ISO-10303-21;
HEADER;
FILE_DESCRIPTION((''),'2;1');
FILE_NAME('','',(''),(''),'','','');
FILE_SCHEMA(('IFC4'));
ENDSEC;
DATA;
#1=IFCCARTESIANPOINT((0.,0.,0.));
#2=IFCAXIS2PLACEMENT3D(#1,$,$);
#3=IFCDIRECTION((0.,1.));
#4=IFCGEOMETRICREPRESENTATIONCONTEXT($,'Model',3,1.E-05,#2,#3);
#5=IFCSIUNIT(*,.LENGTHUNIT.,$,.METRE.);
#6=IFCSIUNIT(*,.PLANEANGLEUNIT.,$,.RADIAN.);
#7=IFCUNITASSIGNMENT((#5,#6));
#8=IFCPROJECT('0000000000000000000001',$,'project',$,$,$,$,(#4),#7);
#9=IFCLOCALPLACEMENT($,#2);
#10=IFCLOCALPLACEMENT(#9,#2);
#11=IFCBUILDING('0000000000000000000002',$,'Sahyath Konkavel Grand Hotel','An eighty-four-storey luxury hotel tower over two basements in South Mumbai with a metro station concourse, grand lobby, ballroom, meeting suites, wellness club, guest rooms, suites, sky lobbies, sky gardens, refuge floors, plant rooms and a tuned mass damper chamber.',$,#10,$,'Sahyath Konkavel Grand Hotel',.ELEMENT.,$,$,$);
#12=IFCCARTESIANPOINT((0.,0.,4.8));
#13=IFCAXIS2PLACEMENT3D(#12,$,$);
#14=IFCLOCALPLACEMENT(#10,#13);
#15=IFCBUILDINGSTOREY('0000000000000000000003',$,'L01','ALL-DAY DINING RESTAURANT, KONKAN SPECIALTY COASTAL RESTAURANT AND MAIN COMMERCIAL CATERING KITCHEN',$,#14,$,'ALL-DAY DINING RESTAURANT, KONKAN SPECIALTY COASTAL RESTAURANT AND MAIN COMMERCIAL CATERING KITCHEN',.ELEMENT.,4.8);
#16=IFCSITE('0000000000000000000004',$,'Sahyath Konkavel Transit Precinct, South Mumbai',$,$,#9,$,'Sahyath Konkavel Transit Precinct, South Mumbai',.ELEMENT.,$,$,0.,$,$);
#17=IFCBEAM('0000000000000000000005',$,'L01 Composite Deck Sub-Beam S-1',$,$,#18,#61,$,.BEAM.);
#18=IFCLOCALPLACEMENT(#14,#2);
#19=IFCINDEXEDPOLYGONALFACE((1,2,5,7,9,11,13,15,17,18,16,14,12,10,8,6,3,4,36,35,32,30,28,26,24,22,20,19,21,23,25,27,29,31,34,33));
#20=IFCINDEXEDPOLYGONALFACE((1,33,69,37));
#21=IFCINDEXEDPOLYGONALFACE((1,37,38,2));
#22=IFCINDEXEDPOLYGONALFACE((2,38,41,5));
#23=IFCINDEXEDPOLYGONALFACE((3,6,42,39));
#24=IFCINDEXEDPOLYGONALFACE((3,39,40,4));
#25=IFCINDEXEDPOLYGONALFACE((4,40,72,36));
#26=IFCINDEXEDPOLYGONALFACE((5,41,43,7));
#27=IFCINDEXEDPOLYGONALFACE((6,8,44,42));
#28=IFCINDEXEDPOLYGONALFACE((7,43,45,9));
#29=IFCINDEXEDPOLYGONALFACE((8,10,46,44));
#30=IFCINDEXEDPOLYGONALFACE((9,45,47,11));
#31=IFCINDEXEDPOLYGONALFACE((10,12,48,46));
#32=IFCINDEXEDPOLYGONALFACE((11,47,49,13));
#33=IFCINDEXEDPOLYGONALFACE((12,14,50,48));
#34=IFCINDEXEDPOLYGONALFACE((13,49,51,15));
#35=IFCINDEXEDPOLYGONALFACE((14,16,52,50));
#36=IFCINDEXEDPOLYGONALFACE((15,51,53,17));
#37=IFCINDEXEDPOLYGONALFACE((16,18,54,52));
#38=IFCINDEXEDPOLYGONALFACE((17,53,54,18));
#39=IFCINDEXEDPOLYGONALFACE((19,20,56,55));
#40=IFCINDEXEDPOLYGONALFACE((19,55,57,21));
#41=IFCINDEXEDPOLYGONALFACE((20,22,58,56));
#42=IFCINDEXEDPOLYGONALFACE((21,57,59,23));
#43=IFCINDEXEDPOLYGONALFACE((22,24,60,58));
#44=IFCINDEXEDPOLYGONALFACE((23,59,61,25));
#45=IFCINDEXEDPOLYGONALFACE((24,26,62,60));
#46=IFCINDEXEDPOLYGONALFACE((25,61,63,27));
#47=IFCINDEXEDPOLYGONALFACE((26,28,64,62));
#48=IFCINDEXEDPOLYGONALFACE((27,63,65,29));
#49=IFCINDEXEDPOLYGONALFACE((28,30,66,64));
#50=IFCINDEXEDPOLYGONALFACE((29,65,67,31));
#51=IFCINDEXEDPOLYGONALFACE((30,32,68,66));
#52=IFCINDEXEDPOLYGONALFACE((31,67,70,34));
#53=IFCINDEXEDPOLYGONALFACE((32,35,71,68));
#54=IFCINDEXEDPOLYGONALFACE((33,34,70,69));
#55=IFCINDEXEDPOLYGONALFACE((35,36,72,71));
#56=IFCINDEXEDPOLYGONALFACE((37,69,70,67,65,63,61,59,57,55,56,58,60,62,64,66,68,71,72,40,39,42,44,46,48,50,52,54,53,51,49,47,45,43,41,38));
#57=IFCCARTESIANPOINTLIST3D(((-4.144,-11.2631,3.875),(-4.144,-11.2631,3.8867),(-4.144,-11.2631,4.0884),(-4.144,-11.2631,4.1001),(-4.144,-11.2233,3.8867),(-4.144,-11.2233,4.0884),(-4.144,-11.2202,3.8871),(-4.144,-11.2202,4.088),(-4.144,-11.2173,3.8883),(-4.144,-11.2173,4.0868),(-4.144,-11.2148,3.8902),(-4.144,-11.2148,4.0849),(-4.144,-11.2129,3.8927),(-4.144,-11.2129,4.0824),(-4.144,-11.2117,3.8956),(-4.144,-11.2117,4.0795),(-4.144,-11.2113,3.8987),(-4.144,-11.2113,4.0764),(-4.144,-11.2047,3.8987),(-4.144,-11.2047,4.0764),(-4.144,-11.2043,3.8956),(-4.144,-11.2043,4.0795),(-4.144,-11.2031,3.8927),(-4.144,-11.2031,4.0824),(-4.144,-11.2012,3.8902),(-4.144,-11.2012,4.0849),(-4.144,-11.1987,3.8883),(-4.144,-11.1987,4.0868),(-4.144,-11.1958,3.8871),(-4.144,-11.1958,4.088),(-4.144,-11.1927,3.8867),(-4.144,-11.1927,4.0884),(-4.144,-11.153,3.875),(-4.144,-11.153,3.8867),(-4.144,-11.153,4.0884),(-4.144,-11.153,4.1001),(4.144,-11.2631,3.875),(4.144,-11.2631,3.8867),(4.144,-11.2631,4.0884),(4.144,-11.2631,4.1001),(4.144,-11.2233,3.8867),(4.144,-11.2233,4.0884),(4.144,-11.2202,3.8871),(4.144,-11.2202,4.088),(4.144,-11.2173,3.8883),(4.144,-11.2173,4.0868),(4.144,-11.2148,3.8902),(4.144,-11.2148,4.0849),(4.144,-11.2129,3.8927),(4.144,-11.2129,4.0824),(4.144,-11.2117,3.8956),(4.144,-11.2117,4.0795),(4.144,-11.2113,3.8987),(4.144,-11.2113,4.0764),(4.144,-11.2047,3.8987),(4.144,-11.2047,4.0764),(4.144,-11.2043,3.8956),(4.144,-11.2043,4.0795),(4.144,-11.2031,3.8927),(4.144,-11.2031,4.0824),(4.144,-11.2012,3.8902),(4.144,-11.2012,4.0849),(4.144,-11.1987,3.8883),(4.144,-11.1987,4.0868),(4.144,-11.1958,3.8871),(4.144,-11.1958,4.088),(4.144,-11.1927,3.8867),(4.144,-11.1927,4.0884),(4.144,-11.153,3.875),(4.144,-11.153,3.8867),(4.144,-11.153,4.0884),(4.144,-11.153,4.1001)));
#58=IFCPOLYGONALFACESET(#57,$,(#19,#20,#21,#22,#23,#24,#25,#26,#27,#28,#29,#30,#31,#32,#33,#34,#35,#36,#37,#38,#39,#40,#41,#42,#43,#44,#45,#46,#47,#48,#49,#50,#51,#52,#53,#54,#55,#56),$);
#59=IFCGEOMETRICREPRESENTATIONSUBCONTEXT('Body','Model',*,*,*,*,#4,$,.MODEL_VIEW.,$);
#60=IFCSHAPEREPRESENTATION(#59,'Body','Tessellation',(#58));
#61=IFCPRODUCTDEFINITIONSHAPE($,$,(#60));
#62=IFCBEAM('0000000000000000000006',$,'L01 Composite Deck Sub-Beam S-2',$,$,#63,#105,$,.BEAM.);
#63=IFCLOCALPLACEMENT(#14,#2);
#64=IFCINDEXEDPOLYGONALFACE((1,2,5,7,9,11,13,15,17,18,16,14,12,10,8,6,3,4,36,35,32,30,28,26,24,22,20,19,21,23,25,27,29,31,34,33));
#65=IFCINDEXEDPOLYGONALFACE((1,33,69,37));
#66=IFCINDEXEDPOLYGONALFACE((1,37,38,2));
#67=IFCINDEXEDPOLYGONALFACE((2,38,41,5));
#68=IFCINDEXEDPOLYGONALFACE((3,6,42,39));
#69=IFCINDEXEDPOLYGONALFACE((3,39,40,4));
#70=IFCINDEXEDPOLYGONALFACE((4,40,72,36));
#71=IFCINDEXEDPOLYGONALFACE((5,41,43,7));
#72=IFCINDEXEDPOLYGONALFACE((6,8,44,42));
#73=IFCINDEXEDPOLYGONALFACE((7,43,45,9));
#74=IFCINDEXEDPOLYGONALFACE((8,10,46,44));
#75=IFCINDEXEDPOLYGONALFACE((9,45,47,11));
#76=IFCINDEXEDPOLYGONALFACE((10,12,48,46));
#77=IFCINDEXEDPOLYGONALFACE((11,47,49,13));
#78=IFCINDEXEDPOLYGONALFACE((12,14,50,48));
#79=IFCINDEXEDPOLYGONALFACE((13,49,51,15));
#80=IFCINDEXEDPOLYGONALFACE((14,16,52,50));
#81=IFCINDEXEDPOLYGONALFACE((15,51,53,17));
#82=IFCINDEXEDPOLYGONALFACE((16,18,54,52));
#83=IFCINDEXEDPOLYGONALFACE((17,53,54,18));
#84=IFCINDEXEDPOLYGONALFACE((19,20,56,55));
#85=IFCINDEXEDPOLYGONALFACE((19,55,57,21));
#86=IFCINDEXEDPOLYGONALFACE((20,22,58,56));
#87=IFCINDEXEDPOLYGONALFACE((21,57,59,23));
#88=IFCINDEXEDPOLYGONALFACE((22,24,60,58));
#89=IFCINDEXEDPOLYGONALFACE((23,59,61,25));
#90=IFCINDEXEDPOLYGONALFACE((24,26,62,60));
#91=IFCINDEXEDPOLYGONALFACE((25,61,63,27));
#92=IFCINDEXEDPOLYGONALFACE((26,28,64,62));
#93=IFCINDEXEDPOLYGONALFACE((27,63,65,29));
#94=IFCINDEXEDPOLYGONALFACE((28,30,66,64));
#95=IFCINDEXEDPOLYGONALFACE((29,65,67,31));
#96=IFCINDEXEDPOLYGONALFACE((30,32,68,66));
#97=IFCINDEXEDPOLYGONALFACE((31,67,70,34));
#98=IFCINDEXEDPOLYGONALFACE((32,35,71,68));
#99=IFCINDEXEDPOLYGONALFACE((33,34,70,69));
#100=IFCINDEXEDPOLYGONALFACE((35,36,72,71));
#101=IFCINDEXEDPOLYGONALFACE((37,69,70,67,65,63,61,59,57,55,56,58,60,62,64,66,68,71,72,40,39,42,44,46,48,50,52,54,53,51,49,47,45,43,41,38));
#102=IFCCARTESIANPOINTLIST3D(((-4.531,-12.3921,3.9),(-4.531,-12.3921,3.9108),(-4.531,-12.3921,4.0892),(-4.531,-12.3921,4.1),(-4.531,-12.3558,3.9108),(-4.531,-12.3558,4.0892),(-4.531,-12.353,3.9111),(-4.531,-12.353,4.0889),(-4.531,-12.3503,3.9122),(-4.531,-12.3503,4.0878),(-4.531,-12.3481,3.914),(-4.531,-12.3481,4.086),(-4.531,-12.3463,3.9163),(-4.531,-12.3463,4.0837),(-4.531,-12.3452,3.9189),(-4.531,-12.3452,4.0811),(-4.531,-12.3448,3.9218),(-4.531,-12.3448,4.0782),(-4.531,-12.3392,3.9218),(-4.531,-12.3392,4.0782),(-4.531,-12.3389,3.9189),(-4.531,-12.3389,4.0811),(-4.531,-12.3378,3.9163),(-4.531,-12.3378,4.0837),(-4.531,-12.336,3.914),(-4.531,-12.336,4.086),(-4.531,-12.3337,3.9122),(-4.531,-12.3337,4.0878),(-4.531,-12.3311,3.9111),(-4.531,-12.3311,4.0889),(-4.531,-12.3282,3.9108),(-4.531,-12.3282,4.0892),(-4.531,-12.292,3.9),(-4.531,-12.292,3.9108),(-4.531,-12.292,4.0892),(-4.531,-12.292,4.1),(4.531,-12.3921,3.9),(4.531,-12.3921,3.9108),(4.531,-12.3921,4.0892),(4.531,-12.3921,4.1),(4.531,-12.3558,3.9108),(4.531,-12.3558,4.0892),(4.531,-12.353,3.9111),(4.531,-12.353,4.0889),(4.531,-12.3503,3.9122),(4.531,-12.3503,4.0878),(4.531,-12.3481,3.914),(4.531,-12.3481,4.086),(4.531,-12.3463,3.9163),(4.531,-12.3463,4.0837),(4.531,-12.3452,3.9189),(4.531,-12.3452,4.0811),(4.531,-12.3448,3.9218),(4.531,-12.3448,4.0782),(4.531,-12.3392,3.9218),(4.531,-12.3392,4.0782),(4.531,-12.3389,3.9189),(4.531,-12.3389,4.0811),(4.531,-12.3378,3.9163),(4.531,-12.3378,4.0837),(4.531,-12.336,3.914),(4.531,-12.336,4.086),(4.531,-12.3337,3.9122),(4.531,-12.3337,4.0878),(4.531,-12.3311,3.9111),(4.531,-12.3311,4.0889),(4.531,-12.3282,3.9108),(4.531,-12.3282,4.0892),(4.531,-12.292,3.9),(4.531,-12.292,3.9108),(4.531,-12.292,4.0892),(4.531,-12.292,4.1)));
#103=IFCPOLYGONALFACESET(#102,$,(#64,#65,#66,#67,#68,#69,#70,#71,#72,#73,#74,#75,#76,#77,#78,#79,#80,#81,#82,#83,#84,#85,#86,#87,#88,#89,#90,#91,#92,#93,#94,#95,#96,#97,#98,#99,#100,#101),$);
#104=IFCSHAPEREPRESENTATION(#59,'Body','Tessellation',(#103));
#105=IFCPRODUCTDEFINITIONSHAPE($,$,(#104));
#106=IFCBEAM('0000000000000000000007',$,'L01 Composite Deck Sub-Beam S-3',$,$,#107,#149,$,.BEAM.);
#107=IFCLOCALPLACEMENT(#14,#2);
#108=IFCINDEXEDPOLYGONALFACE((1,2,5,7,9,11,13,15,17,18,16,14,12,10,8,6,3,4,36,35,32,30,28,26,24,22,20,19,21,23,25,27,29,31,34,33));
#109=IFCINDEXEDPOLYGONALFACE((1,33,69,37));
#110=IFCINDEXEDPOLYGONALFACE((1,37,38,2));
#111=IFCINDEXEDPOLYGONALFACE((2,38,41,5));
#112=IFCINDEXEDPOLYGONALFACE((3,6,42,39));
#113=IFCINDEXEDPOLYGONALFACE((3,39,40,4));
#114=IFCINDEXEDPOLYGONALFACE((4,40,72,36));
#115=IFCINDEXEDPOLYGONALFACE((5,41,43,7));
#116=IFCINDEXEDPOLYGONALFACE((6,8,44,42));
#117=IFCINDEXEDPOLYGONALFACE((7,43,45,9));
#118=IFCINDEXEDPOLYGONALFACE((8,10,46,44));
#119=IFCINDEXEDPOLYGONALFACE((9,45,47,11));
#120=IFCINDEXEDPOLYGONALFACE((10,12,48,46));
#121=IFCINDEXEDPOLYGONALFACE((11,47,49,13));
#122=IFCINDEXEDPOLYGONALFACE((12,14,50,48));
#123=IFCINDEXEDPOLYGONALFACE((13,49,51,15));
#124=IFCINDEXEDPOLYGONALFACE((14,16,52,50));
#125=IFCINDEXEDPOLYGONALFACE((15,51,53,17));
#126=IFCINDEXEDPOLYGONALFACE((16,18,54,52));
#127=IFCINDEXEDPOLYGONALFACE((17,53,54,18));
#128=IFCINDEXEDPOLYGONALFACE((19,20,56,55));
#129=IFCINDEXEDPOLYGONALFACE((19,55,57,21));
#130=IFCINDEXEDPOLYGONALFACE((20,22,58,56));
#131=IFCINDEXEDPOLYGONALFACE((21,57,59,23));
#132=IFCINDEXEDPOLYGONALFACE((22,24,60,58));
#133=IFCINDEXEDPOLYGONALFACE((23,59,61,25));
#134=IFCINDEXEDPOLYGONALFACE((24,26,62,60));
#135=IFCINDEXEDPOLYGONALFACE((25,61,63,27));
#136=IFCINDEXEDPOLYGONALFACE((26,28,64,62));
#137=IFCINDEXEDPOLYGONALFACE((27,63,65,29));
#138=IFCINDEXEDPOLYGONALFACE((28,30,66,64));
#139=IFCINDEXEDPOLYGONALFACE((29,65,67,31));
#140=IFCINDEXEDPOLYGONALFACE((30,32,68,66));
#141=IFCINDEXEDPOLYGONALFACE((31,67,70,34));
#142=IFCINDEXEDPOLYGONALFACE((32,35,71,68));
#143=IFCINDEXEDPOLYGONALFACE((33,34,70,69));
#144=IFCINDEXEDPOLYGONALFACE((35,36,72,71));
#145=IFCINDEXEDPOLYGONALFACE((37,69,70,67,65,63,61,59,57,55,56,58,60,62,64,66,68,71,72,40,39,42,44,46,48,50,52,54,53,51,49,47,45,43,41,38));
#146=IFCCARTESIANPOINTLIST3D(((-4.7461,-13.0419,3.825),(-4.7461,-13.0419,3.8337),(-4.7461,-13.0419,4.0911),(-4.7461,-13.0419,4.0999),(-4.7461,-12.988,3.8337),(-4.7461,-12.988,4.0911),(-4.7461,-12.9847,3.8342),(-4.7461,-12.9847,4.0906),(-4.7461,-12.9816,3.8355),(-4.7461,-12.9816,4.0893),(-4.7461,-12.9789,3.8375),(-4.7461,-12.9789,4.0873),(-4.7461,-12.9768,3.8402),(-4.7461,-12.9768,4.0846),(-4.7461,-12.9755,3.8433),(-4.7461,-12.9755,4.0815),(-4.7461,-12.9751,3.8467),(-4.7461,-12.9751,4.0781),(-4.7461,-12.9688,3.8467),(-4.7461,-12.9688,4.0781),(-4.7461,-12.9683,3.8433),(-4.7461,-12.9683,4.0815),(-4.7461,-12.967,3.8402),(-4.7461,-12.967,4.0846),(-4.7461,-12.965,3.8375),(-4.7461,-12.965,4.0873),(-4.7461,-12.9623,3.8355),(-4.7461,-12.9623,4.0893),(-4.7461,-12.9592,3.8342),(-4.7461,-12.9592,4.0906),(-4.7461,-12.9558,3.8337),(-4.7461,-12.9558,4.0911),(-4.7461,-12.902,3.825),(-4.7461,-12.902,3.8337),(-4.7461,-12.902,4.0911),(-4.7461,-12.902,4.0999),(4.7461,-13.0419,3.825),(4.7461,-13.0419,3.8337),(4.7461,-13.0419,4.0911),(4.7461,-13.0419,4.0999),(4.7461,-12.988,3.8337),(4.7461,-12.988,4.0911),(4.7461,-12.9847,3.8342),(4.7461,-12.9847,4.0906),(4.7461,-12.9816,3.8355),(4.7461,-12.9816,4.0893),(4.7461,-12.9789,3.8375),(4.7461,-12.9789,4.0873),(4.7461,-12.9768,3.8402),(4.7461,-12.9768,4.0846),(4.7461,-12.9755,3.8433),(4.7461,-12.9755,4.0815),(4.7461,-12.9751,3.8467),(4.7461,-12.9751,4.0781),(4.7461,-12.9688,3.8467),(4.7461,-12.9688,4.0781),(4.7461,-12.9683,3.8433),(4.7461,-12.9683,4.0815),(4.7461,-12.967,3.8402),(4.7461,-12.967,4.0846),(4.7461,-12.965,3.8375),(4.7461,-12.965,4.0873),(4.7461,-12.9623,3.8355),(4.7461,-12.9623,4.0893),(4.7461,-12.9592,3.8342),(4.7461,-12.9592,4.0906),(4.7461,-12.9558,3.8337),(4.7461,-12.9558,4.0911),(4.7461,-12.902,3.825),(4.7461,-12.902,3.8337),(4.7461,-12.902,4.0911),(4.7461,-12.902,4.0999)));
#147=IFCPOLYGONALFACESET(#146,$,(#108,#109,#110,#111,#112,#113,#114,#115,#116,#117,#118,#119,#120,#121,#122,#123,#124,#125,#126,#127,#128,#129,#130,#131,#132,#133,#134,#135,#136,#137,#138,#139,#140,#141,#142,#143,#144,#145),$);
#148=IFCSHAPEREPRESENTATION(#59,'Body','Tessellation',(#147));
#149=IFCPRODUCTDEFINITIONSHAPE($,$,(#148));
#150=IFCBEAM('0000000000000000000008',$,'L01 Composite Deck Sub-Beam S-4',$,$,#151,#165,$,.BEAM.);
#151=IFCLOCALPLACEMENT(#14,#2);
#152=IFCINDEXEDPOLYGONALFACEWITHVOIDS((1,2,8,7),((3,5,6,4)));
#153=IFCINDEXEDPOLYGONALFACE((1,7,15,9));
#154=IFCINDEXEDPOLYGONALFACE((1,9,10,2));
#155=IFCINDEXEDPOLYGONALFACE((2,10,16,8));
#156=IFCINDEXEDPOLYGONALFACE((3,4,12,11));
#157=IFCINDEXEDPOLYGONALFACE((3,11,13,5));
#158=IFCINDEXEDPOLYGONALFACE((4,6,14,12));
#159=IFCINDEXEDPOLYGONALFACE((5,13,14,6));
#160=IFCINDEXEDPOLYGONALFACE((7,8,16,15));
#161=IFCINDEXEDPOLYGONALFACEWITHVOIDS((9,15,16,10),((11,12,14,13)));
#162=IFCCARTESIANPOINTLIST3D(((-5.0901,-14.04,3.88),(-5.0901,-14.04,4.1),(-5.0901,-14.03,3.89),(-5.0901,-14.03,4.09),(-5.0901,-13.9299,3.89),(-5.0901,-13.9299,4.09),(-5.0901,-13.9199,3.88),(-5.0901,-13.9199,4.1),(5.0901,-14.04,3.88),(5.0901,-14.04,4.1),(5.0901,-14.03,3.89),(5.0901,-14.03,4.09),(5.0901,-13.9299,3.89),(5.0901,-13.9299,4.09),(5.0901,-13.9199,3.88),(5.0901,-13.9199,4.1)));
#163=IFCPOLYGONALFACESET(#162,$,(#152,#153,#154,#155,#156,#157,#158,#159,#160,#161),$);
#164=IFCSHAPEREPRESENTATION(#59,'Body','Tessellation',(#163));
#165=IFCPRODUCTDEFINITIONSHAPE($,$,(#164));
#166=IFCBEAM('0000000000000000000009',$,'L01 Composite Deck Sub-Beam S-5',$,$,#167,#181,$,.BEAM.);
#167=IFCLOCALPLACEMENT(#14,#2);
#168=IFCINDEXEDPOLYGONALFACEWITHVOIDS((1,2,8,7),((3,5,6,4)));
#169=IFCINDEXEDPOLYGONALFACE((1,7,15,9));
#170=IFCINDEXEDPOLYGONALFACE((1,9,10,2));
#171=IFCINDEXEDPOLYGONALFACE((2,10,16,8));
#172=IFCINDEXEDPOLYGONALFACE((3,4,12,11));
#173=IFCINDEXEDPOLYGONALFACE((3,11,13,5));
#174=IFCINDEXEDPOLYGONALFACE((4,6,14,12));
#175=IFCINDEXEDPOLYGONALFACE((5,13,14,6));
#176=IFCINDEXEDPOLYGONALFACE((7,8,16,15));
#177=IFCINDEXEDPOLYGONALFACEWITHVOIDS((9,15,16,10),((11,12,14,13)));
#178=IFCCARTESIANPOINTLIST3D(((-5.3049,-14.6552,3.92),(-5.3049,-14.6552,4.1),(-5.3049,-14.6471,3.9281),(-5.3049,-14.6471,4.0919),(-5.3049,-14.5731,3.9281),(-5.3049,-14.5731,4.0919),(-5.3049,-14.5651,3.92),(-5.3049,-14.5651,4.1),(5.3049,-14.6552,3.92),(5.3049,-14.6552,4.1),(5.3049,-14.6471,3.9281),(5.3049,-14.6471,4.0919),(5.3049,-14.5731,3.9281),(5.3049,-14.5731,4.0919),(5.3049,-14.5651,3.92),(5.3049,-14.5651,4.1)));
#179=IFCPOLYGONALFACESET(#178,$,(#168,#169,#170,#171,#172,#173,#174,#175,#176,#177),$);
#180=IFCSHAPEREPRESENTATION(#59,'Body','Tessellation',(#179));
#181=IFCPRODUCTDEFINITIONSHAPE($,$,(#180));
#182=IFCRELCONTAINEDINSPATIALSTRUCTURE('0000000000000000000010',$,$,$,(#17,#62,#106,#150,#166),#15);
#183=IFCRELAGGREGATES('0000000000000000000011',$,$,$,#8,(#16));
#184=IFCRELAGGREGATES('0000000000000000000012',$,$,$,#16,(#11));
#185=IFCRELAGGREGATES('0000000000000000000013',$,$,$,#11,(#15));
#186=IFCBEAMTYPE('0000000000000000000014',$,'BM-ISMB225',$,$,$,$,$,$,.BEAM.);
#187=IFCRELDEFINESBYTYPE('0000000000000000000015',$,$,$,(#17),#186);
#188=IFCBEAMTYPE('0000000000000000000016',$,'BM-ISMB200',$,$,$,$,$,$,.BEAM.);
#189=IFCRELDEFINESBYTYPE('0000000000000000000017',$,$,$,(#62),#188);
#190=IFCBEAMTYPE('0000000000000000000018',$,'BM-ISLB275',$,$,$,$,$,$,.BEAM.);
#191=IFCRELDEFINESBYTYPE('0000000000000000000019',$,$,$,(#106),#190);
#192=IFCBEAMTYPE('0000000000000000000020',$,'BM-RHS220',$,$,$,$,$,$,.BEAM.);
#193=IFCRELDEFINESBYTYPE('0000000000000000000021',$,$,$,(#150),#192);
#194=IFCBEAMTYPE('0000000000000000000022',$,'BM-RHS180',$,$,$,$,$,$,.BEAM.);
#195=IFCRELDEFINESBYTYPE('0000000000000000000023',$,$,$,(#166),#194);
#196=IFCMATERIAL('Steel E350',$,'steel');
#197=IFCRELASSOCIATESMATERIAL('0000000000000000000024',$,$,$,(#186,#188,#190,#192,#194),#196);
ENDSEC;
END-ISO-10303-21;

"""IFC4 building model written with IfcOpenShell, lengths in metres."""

from ifc_helpers import new_model, si_unit, direction, frame, origin, origin_2d, place, context, subcontext, project, spatial, hollow_rectangle, i_section, extrude, source, transform, mapped, material, material_profile, profile_set, type_object, element, save


model = new_model("IFC4")

# Units and contexts
model_context = context("Model", 3, precision=1e-05, world=origin(), true_north=direction((0.0, 1.0)))
body_context = subcontext(model_context, "Body", "Model", "MODEL_VIEW")
ifc_project = project(units=[si_unit("LENGTHUNIT", "METRE"), si_unit("PLANEANGLEUNIT", "RADIAN")], contexts=[model_context])

# Site, building, storey
site_placement = place(None, origin())
site = spatial("IfcSite", under=ifc_project, at=site_placement, Name="Sahyath Konkavel Transit Precinct, South Mumbai", LongName="Sahyath Konkavel Transit Precinct, South Mumbai", CompositionType="ELEMENT", RefElevation=0.0)
building_placement = place(site_placement, origin())
building = spatial("IfcBuilding", under=site, at=building_placement, Name="Sahyath Konkavel Grand Hotel", Description="An eighty-four-storey luxury hotel tower over two basements in South Mumbai with a metro station concourse, grand lobby, ballroom, meeting suites, wellness club, guest rooms, suites, sky lobbies, sky gardens, refuge floors, plant rooms and a tuned mass damper chamber.", LongName="Sahyath Konkavel Grand Hotel", CompositionType="ELEMENT")
storey_placement = place(building_placement, frame((0.0, 0.0, 4.8)))
storey = spatial("IfcBuildingStorey", under=building, at=storey_placement, Name="L01", Description="ALL-DAY DINING RESTAURANT, KONKAN SPECIALTY COASTAL RESTAURANT AND MAIN COMMERCIAL CATERING KITCHEN", LongName="ALL-DAY DINING RESTAURANT, KONKAN SPECIALTY COASTAL RESTAURANT AND MAIN COMMERCIAL CATERING KITCHEN", CompositionType="ELEMENT", Elevation=4.8)

# Beams
ifc_material_1 = material(Name="Steel E350", Category="steel")
ifc_material_profile_1 = material_profile(ifc_material_1, i_section(OverallWidth=0.1101, OverallDepth=0.2251, WebThickness=0.0066, FlangeThickness=0.0117, FilletRadius=0.012, at=origin_2d()), Name="ISMB 225")
ifc_profile_set_1 = profile_set([ifc_material_profile_1], Name="Steel E350")
beam_type_1 = type_object("IfcBeamType", Name="BM-ISMB225", PredefinedType="BEAM", material=ifc_profile_set_1)
shared_shape_1 = source(origin(), body_context, "Body", "SweptSolid", [
    extrude(i_section(OverallWidth=0.1101, OverallDepth=0.2251, WebThickness=0.0066, FlangeThickness=0.0117, FilletRadius=0.012, at=origin_2d()), origin(), (0.0, 0.0, 1.0), 8.2881),
])
beam_1_placement = place(storey_placement, frame((-4.144, -11.208, 3.9875), z_axis=(1.0, 0.0, 0.0), x_axis=(0.0, 1.0, 0.0)))
element("IfcBeam", 1, at=beam_1_placement, inside=storey, type_object=beam_type_1, Name="L01 Composite Deck Sub-Beam S-1", PredefinedType="BEAM", context=body_context, shape_type="MappedRepresentation", body=[
    mapped(shared_shape_1, transform((0.0, 0.0, 0.0), scale=1.0)),
])
ifc_material_profile_2 = material_profile(ifc_material_1, i_section(OverallWidth=0.1001, OverallDepth=0.2, WebThickness=0.0056, FlangeThickness=0.0107, FilletRadius=0.011, at=origin_2d()), Name="ISMB 200")
ifc_profile_set_2 = profile_set([ifc_material_profile_2], Name="Steel E350")
beam_type_2 = type_object("IfcBeamType", Name="BM-ISMB200", PredefinedType="BEAM", material=ifc_profile_set_2)
shared_shape_2 = source(origin(), body_context, "Body", "SweptSolid", [
    extrude(i_section(OverallWidth=0.1001, OverallDepth=0.2, WebThickness=0.0056, FlangeThickness=0.0107, FilletRadius=0.011, at=origin_2d()), origin(), (0.0, 0.0, 1.0), 9.062),
])
beam_2_placement = place(storey_placement, frame((-4.531, -12.342, 4.0), z_axis=(1.0, 0.0, 0.0), x_axis=(0.0, 1.0, 0.0)))
element("IfcBeam", 2, at=beam_2_placement, inside=storey, type_object=beam_type_2, Name="L01 Composite Deck Sub-Beam S-2", PredefinedType="BEAM", context=body_context, shape_type="MappedRepresentation", body=[
    mapped(shared_shape_2, transform((0.0, 0.0, 0.0), scale=1.0)),
])
ifc_material_profile_3 = material_profile(ifc_material_1, i_section(OverallWidth=0.1399, OverallDepth=0.2749, WebThickness=0.0063, FlangeThickness=0.0088, FilletRadius=0.0129, at=origin_2d()), Name="ISLB 275")
ifc_profile_set_3 = profile_set([ifc_material_profile_3], Name="Steel E350")
beam_type_3 = type_object("IfcBeamType", Name="BM-ISLB275", PredefinedType="BEAM", material=ifc_profile_set_3)
shared_shape_3 = source(origin(), body_context, "Body", "SweptSolid", [
    extrude(i_section(OverallWidth=0.1399, OverallDepth=0.2749, WebThickness=0.0063, FlangeThickness=0.0088, FilletRadius=0.0129, at=origin_2d()), origin(), (0.0, 0.0, 1.0), 9.4922),
])
beam_3_placement = place(storey_placement, frame((-4.7461, -12.9719, 3.9624), z_axis=(1.0, 0.0, 0.0), x_axis=(0.0, 1.0, 0.0)))
element("IfcBeam", 3, at=beam_3_placement, inside=storey, type_object=beam_type_3, Name="L01 Composite Deck Sub-Beam S-3", PredefinedType="BEAM", context=body_context, shape_type="MappedRepresentation", body=[
    mapped(shared_shape_3, transform((0.0, 0.0, 0.0), scale=1.0)),
])
ifc_material_profile_4 = material_profile(ifc_material_1, hollow_rectangle(XDim=0.1201, YDim=0.22, WallThickness=0.01, at=origin_2d()), Name="RHS 220x120x10")
ifc_profile_set_4 = profile_set([ifc_material_profile_4], Name="Steel E350")
beam_type_4 = type_object("IfcBeamType", Name="BM-RHS220", PredefinedType="BEAM", material=ifc_profile_set_4)
shared_shape_4 = source(origin(), body_context, "Body", "SweptSolid", [
    extrude(hollow_rectangle(XDim=0.1201, YDim=0.22, WallThickness=0.01, at=origin_2d()), origin(), (0.0, 0.0, 1.0), 10.1802),
])
beam_4_placement = place(storey_placement, frame((-5.0901, -13.98, 3.99), z_axis=(1.0, 0.0, 0.0), x_axis=(0.0, 1.0, 0.0)))
element("IfcBeam", 4, at=beam_4_placement, inside=storey, type_object=beam_type_4, Name="L01 Composite Deck Sub-Beam S-4", PredefinedType="BEAM", context=body_context, shape_type="MappedRepresentation", body=[
    mapped(shared_shape_4, transform((0.0, 0.0, 0.0), scale=1.0)),
])
ifc_material_profile_5 = material_profile(ifc_material_1, hollow_rectangle(XDim=0.0901, YDim=0.1799, WallThickness=0.0081, at=origin_2d()), Name="RHS 180x90x8")
ifc_profile_set_5 = profile_set([ifc_material_profile_5], Name="Steel E350")
beam_type_5 = type_object("IfcBeamType", Name="BM-RHS180", PredefinedType="BEAM", material=ifc_profile_set_5)
shared_shape_5 = source(origin(), body_context, "Body", "SweptSolid", [
    extrude(hollow_rectangle(XDim=0.0901, YDim=0.1799, WallThickness=0.0081, at=origin_2d()), origin(), (0.0, 0.0, 1.0), 10.6099),
])
beam_5_placement = place(storey_placement, frame((-5.3049, -14.6101, 4.01), z_axis=(1.0, 0.0, 0.0), x_axis=(0.0, 1.0, 0.0)))
element("IfcBeam", 5, at=beam_5_placement, inside=storey, type_object=beam_type_5, Name="L01 Composite Deck Sub-Beam S-5", PredefinedType="BEAM", context=body_context, shape_type="MappedRepresentation", body=[
    mapped(shared_shape_5, transform((0.0, 0.0, 0.0), scale=1.0)),
])

save(model, "model.ifc")
